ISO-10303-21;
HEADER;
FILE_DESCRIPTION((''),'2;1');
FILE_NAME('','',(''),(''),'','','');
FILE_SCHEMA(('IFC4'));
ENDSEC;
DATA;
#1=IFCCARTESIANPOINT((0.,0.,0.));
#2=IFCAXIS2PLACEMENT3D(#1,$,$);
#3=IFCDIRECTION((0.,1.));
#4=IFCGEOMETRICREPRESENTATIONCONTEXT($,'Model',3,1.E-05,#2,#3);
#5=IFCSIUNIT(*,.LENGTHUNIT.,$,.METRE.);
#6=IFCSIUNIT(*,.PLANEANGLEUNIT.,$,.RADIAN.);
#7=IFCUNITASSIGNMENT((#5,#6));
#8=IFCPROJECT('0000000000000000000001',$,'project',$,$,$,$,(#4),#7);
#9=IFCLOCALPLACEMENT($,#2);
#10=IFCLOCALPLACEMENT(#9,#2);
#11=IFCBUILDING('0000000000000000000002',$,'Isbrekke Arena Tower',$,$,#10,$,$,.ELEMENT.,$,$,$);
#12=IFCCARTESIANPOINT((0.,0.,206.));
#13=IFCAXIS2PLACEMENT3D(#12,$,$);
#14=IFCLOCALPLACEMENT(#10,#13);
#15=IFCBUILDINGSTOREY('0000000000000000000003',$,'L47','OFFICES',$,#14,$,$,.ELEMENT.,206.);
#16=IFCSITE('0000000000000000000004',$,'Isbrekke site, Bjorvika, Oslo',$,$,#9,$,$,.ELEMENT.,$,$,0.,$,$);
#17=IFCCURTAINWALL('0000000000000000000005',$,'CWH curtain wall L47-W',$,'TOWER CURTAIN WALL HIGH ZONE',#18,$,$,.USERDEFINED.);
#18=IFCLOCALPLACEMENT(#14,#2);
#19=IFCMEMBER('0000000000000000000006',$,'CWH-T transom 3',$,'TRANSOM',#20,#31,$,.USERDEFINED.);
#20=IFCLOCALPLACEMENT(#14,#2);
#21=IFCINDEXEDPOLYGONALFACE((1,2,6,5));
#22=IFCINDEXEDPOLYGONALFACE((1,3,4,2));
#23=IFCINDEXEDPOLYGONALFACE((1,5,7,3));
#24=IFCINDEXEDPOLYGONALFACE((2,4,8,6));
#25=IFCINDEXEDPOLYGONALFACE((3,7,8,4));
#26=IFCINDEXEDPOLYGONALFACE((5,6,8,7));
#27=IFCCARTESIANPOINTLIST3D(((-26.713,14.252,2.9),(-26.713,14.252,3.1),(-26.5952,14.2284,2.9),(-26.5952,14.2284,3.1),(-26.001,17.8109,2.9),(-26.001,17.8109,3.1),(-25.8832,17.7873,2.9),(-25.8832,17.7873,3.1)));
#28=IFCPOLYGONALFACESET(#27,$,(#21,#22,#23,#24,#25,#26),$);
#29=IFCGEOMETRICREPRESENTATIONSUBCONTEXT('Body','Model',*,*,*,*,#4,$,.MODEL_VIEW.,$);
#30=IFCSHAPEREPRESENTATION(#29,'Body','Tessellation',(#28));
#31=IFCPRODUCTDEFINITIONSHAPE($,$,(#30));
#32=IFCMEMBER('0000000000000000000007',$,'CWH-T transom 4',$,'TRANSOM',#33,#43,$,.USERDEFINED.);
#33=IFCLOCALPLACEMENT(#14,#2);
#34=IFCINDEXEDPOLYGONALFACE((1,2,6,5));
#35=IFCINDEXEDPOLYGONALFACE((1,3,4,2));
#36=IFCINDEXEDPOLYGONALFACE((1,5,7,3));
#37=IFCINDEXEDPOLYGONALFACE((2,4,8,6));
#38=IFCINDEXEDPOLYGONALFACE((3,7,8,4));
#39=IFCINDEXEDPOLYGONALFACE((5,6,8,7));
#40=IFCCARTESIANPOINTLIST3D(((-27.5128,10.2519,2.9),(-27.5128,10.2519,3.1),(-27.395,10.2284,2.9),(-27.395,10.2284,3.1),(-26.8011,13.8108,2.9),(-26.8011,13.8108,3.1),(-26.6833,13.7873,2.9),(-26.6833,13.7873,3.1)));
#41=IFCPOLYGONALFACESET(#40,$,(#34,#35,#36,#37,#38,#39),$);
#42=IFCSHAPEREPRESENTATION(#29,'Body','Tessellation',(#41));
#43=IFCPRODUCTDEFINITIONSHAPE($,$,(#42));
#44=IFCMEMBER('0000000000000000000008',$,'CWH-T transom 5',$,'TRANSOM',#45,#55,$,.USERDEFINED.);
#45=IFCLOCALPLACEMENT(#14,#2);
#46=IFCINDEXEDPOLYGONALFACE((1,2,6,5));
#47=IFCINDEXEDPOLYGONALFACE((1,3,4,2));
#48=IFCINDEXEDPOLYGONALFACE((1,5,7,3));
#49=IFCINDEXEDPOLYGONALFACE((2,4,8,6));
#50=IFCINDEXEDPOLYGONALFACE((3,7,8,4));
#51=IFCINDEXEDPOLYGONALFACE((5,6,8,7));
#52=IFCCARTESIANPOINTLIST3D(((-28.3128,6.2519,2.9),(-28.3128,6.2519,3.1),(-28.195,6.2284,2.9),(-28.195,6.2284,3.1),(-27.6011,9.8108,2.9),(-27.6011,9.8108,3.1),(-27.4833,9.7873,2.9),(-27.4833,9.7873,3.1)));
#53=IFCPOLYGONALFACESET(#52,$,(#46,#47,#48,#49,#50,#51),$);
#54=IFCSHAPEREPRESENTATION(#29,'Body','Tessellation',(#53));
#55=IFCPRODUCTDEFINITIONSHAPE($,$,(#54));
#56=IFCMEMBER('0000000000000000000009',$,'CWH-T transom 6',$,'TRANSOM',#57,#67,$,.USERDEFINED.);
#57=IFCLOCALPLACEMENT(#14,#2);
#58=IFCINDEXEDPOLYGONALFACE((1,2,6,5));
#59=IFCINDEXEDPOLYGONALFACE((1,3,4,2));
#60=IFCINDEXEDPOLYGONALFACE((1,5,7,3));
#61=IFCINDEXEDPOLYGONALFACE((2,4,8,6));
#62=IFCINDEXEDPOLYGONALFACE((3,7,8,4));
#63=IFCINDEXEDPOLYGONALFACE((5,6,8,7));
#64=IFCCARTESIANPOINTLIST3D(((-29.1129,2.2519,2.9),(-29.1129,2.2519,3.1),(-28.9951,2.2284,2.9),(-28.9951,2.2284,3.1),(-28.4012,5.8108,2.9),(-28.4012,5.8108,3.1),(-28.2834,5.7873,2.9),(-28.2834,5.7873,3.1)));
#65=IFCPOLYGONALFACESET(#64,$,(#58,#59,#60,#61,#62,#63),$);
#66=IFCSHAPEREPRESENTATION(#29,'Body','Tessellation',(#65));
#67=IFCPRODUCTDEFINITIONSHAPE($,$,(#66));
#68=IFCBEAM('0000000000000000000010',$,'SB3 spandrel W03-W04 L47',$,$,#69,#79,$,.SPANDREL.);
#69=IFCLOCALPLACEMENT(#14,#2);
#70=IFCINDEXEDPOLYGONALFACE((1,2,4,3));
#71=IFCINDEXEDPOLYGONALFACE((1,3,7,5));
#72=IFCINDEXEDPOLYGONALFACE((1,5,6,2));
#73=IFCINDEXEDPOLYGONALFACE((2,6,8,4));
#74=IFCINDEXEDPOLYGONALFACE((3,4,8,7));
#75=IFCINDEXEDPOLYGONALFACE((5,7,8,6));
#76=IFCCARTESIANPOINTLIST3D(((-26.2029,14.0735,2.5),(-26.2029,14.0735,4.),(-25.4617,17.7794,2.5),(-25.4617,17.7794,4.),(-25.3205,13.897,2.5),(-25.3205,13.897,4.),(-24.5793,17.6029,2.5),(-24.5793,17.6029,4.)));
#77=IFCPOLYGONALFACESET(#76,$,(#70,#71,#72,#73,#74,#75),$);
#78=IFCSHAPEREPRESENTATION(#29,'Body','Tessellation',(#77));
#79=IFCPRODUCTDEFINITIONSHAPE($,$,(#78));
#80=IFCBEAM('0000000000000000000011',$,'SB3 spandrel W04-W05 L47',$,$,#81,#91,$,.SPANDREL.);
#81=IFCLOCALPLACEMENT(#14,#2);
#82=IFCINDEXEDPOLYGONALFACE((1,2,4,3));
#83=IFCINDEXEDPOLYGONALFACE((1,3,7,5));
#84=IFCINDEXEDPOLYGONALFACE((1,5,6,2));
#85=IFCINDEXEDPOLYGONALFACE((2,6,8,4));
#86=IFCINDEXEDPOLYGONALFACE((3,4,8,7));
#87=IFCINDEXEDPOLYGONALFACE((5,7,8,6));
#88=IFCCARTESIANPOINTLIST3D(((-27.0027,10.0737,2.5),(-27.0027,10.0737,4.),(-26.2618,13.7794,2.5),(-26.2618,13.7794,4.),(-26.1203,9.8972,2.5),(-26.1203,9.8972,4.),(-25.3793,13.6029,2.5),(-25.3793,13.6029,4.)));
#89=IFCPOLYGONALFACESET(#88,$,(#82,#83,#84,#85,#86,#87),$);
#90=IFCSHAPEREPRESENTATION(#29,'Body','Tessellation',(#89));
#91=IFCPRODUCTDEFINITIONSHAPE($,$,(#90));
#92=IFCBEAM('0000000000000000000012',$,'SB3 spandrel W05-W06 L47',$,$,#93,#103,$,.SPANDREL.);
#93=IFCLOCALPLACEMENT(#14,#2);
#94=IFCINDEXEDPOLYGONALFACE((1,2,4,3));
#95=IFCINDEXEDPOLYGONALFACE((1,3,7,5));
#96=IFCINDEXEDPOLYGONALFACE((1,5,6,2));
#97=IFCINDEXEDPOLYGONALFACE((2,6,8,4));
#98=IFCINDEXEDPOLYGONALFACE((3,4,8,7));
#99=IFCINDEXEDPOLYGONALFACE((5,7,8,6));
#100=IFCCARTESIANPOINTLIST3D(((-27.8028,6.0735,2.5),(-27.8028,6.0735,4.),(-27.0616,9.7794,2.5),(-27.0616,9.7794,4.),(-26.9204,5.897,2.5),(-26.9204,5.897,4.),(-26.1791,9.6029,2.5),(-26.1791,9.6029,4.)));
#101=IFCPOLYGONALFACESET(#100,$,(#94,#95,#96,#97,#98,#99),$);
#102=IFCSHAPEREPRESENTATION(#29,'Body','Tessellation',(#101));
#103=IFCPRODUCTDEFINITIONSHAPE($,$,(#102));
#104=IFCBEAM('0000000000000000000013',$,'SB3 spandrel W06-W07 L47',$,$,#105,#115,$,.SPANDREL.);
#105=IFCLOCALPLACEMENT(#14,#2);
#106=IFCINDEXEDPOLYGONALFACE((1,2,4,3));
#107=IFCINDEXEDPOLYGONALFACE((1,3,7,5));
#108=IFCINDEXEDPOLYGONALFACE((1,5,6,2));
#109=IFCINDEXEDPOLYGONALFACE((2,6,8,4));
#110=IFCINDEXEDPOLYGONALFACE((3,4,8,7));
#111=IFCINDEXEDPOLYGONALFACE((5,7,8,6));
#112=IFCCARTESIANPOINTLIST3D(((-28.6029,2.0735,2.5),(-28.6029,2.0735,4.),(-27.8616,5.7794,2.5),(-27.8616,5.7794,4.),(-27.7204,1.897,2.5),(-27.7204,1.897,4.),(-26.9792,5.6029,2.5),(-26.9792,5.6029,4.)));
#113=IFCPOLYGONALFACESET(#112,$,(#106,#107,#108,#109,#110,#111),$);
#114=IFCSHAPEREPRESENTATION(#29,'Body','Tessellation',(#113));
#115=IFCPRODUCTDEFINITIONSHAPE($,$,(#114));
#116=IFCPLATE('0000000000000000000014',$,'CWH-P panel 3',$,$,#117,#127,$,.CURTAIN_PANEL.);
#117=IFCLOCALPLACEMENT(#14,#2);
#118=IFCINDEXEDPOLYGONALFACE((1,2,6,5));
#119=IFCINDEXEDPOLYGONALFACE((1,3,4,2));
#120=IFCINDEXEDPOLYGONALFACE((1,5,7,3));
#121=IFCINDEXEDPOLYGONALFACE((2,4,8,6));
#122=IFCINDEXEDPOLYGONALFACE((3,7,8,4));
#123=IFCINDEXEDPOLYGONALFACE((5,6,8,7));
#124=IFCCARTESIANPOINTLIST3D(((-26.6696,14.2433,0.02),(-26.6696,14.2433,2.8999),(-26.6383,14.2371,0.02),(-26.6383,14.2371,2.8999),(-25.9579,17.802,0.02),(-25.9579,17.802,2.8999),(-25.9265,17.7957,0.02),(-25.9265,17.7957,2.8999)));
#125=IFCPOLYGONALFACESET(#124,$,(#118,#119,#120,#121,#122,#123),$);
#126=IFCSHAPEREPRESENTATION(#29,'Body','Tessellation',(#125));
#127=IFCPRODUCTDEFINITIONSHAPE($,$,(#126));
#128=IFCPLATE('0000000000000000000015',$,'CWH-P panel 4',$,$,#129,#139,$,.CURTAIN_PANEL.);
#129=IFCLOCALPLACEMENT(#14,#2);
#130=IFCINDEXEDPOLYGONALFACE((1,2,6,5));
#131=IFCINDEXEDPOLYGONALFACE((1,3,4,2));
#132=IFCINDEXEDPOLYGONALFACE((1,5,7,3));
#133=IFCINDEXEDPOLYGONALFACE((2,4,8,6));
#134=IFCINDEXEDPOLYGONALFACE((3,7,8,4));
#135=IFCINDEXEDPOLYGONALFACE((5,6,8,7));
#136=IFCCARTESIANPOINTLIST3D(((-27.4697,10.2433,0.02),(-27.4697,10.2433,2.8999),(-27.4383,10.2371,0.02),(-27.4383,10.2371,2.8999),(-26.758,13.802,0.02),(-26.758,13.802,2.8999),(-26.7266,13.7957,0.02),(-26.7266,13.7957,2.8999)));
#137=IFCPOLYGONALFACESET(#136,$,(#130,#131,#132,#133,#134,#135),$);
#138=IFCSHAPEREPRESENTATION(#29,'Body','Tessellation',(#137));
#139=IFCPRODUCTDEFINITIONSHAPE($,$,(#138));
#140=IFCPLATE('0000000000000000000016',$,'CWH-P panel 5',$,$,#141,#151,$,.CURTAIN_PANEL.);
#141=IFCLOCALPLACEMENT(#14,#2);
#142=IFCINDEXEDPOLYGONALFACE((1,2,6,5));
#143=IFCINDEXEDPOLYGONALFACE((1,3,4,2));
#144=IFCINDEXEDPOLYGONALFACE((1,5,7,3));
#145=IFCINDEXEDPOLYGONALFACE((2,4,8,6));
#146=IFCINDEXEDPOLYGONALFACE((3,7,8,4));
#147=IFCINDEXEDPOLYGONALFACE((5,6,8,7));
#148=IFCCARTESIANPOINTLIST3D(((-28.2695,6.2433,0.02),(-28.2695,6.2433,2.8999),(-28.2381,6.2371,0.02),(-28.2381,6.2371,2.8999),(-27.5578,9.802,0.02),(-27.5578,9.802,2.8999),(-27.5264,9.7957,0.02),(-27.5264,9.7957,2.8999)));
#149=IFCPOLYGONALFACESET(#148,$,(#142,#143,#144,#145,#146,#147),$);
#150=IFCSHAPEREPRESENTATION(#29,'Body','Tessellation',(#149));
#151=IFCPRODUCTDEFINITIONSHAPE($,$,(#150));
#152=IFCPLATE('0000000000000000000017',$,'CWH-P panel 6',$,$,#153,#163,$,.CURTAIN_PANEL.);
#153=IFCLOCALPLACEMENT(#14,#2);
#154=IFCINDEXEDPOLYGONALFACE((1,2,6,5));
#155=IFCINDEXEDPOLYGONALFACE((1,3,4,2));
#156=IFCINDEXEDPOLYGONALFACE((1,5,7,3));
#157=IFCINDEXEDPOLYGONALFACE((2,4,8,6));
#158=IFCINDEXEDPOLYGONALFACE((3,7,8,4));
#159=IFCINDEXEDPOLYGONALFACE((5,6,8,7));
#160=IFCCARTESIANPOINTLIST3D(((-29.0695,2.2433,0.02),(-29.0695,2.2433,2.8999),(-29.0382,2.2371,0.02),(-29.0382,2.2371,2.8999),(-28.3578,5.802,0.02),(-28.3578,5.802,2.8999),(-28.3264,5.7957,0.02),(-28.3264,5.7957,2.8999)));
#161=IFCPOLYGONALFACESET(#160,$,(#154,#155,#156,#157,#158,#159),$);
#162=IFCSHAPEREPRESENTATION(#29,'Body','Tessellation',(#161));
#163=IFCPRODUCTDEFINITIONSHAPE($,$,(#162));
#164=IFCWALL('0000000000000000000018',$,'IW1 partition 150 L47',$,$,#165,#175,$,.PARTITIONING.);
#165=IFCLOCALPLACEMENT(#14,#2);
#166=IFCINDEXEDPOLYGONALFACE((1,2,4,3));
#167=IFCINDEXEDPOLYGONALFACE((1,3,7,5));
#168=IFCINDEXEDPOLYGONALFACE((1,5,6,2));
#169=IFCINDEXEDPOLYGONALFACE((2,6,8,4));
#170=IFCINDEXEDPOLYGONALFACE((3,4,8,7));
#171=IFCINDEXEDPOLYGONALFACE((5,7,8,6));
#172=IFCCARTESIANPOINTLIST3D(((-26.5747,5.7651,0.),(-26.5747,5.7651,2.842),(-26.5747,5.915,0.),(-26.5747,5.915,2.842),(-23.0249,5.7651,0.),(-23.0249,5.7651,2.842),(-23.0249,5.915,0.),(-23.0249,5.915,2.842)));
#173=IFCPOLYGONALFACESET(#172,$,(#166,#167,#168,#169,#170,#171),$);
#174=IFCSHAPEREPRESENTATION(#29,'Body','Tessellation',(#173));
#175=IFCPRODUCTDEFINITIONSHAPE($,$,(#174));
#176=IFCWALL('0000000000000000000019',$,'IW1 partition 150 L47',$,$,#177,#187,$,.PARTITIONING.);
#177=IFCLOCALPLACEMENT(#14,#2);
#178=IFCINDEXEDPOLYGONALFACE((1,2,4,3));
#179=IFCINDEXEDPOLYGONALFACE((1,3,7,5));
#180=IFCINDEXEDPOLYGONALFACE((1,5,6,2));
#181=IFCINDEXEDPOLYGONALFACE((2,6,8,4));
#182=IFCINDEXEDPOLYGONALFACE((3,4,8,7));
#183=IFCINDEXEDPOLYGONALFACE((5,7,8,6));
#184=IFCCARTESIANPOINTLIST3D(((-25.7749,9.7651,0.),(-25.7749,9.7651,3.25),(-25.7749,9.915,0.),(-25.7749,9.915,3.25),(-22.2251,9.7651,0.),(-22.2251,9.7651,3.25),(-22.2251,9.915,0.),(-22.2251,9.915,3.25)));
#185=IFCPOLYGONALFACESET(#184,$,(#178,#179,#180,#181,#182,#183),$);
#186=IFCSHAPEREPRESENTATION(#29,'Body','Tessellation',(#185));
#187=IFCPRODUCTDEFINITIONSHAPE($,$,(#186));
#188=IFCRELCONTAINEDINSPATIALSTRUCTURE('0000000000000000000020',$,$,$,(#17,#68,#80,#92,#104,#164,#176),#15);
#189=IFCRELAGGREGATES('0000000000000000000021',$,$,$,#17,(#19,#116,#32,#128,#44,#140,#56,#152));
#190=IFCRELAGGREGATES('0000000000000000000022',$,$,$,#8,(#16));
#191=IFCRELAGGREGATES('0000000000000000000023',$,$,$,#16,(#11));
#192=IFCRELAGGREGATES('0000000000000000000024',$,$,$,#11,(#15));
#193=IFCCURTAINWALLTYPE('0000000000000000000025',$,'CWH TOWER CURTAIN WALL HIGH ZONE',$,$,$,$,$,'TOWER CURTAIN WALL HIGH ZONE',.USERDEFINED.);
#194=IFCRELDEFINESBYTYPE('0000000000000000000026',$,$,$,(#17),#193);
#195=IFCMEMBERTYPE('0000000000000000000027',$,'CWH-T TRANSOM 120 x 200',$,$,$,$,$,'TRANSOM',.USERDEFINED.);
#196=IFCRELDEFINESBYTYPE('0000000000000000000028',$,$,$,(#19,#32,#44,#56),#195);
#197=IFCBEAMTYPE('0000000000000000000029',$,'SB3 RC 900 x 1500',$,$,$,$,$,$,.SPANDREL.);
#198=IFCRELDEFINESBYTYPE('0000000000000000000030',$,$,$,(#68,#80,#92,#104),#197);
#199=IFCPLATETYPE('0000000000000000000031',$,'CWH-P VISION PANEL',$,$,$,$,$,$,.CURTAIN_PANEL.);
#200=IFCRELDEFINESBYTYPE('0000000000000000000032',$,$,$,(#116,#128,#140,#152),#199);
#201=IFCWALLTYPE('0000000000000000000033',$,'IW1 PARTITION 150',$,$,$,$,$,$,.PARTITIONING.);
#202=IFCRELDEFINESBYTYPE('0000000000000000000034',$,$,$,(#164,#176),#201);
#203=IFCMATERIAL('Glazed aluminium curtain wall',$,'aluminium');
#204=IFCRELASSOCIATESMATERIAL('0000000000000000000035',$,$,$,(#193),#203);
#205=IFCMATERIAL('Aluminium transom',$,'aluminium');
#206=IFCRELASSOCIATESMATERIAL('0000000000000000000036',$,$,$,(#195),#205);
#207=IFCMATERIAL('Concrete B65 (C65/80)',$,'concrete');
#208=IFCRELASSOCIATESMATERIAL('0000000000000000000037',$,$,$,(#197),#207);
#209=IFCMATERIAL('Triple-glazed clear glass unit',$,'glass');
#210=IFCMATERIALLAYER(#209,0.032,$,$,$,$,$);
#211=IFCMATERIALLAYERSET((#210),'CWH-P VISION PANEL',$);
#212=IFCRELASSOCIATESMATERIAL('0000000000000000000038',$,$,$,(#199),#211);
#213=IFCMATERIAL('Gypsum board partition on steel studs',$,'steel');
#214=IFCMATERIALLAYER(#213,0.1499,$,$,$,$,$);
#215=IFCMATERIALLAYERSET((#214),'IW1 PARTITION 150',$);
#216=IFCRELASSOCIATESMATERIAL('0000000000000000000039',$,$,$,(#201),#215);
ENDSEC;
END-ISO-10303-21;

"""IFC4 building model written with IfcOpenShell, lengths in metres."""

from ifc_helpers import new_model, si_unit, direction, frame, frame_2d, origin, origin_2d, place, context, subcontext, project, spatial, rectangle, extrude, material, layer, layer_set, material_profile, profile_set, type_object, element, aggregate, save


model = new_model("IFC4")

# Units and contexts
model_context = context("Model", 3, precision=1e-05, world=origin(), true_north=direction((0.0, 1.0)))
body_context = subcontext(model_context, "Body", "Model", "MODEL_VIEW")
ifc_project = project(units=[si_unit("LENGTHUNIT", "METRE"), si_unit("PLANEANGLEUNIT", "RADIAN")], contexts=[model_context])

# Site, building, storey
site_placement = place(None, origin())
site = spatial("IfcSite", under=ifc_project, at=site_placement, Name="Isbrekke site, Bjorvika, Oslo", CompositionType="ELEMENT", RefElevation=0.0)
building_placement = place(site_placement, origin())
building = spatial("IfcBuilding", under=site, at=building_placement, Name="Isbrekke Arena Tower", CompositionType="ELEMENT")
storey_placement = place(building_placement, frame((0.0, 0.0, 206.0)))
storey = spatial("IfcBuildingStorey", under=building, at=storey_placement, Name="L47", Description="OFFICES", CompositionType="ELEMENT", Elevation=206.0)

# Curtain wall, members
ifc_material_1 = material(Name="Glazed aluminium curtain wall", Category="aluminium")
curtain_wall_type = type_object("IfcCurtainWallType", Name="CWH TOWER CURTAIN WALL HIGH ZONE", ElementType="TOWER CURTAIN WALL HIGH ZONE", PredefinedType="USERDEFINED", material=ifc_material_1)
curtain_wall_placement = place(storey_placement, origin())
curtain_wall = element("IfcCurtainWall", 1, at=curtain_wall_placement, inside=storey, type_object=curtain_wall_type, Name="CWH curtain wall L47-W", ObjectType="TOWER CURTAIN WALL HIGH ZONE", PredefinedType="USERDEFINED")
ifc_material_2 = material(Name="Aluminium transom", Category="aluminium")
ifc_material_profile_1 = material_profile(ifc_material_2, rectangle(XDim=0.1201, YDim=0.2, at=origin_2d()), Name="TRANSOM 120X200")
ifc_profile_set_1 = profile_set([ifc_material_profile_1], Name="Aluminium transom")
member_type_1 = type_object("IfcMemberType", Name="CWH-T TRANSOM 120 x 200", ElementType="TRANSOM", PredefinedType="USERDEFINED", material=ifc_profile_set_1)
member_1_placement = place(storey_placement, frame((-25.9421, 17.7991, 3.0), z_axis=(-0.196155, -0.980573, 0.0), x_axis=(0.980573, -0.196155, 0.0)))
member_1 = element("IfcMember", 2, at=member_1_placement, type_object=member_type_1, Name="CWH-T transom 3", ObjectType="TRANSOM", PredefinedType="USERDEFINED", context=body_context, shape_type="SweptSolid", body=[
    extrude(rectangle(XDim=0.1201, YDim=0.2, at=origin_2d()), origin(), (0.0, 0.0, 1.0), 3.6294),
])
member_2_placement = place(storey_placement, frame((-26.7422, 13.7991, 3.0), z_axis=(-0.19609, -0.980586, 0.0), x_axis=(0.980586, -0.19609, 0.0)))
member_2 = element("IfcMember", 3, at=member_2_placement, type_object=member_type_1, Name="CWH-T transom 4", ObjectType="TRANSOM", PredefinedType="USERDEFINED", context=body_context, shape_type="SweptSolid", body=[
    extrude(rectangle(XDim=0.1201, YDim=0.2, at=origin_2d()), origin(), (0.0, 0.0, 1.0), 3.6294),
])
member_3_placement = place(storey_placement, frame((-27.5422, 9.7991, 3.0), z_axis=(-0.19609, -0.980586, 0.0), x_axis=(0.980586, -0.19609, 0.0)))
member_3 = element("IfcMember", 4, at=member_3_placement, type_object=member_type_1, Name="CWH-T transom 5", ObjectType="TRANSOM", PredefinedType="USERDEFINED", context=body_context, shape_type="SweptSolid", body=[
    extrude(rectangle(XDim=0.1201, YDim=0.2, at=origin_2d()), origin(), (0.0, 0.0, 1.0), 3.6294),
])
member_4_placement = place(storey_placement, frame((-28.3423, 5.7991, 3.0), z_axis=(-0.19609, -0.980586, 0.0), x_axis=(0.980586, -0.19609, 0.0)))
member_4 = element("IfcMember", 5, at=member_4_placement, type_object=member_type_1, Name="CWH-T transom 6", ObjectType="TRANSOM", PredefinedType="USERDEFINED", context=body_context, shape_type="SweptSolid", body=[
    extrude(rectangle(XDim=0.1201, YDim=0.2, at=origin_2d()), origin(), (0.0, 0.0, 1.0), 3.6294),
])

# Beams
ifc_material_3 = material(Name="Concrete B65 (C65/80)", Category="concrete")
ifc_material_profile_2 = material_profile(ifc_material_3, rectangle(XDim=0.8999, YDim=1.5, at=origin_2d()), Name="RC 900x1500")
ifc_profile_set_2 = profile_set([ifc_material_profile_2], Name="Concrete B65 (C65/80)")
beam_type_1 = type_object("IfcBeamType", Name="SB3 RC 900 x 1500", PredefinedType="SPANDREL", material=ifc_profile_set_2)
beam_1_placement = place(storey_placement, frame((-25.0205, 17.6912, 3.25), z_axis=(-0.196129, -0.980578, 0.0), x_axis=(0.980578, -0.196129, 0.0)))
element("IfcBeam", 6, at=beam_1_placement, inside=storey, type_object=beam_type_1, Name="SB3 spandrel W03-W04 L47", PredefinedType="SPANDREL", context=body_context, shape_type="SweptSolid", body=[
    extrude(rectangle(XDim=0.8999, YDim=1.5, at=origin_2d()), origin(), (0.0, 0.0, 1.0), 3.7793),
])
beam_2_placement = place(storey_placement, frame((-25.8206, 13.6912, 3.25), z_axis=(-0.196066, -0.980591, 0.0), x_axis=(0.980591, -0.196066, 0.0)))
element("IfcBeam", 7, at=beam_2_placement, inside=storey, type_object=beam_type_1, Name="SB3 spandrel W04-W05 L47", PredefinedType="SPANDREL", context=body_context, shape_type="SweptSolid", body=[
    extrude(rectangle(XDim=0.8999, YDim=1.5, at=origin_2d()), origin(), (0.0, 0.0, 1.0), 3.7791),
])
for number, where, z_axis, x_axis, name in (
    (8, (-26.6204, 9.6912, 3.25), (-0.196129, -0.980578, 0.0), (0.980578, -0.196129, 0.0), "SB3 spandrel W05-W06 L47"),
    (9, (-27.4204, 5.6912, 3.25), (-0.196129, -0.980578, 0.0), (0.980578, -0.196129, 0.0), "SB3 spandrel W06-W07 L47"),
):
    element("IfcBeam", number, at=place(storey_placement, frame(where, z_axis=z_axis, x_axis=x_axis)), inside=storey, type_object=beam_type_1, Name=name, PredefinedType="SPANDREL", context=body_context, shape_type="SweptSolid", body=[
        extrude(rectangle(XDim=0.8999, YDim=1.5, at=origin_2d()), origin(), (0.0, 0.0, 1.0), 3.7793),
    ])

# Plates
ifc_material_4 = material(Name="Triple-glazed clear glass unit", Category="glass")
ifc_layer_1 = layer(ifc_material_4, 0.032)
ifc_layer_set_1 = layer_set([ifc_layer_1], Name="CWH-P VISION PANEL")
plate_type = type_object("IfcPlateType", Name="CWH-P VISION PANEL", PredefinedType="CURTAIN_PANEL", material=ifc_layer_set_1)
plate_1_placement = place(storey_placement, frame((-26.2981, 16.0195, 0.02), z_axis=(0.0, 0.0, 1.0), x_axis=(-0.196116, -0.980581, 0.0)))
plate_1 = element("IfcPlate", 10, at=plate_1_placement, type_object=plate_type, Name="CWH-P panel 3", PredefinedType="CURTAIN_PANEL", context=body_context, shape_type="SweptSolid", body=[
    extrude(rectangle(XDim=3.6292, YDim=0.032, at=origin_2d()), origin(), (0.0, 0.0, 1.0), 2.8799),
])
plate_2_placement = place(storey_placement, frame((-27.0981, 12.0195, 0.02), z_axis=(0.0, 0.0, 1.0), x_axis=(-0.196116, -0.980581, 0.0)))
plate_2 = element("IfcPlate", 11, at=plate_2_placement, type_object=plate_type, Name="CWH-P panel 4", PredefinedType="CURTAIN_PANEL", context=body_context, shape_type="SweptSolid", body=[
    extrude(rectangle(XDim=3.6292, YDim=0.032, at=origin_2d()), origin(), (0.0, 0.0, 1.0), 2.8799),
])
plate_3_placement = place(storey_placement, frame((-27.8979, 8.0195, 0.02), z_axis=(0.0, 0.0, 1.0), x_axis=(-0.196116, -0.980581, 0.0)))
plate_3 = element("IfcPlate", 12, at=plate_3_placement, type_object=plate_type, Name="CWH-P panel 5", PredefinedType="CURTAIN_PANEL", context=body_context, shape_type="SweptSolid", body=[
    extrude(rectangle(XDim=3.6292, YDim=0.032, at=origin_2d()), origin(), (0.0, 0.0, 1.0), 2.8799),
])
plate_4_placement = place(storey_placement, frame((-28.698, 4.0195, 0.02), z_axis=(0.0, 0.0, 1.0), x_axis=(-0.196116, -0.980581, 0.0)))
plate_4 = element("IfcPlate", 13, at=plate_4_placement, type_object=plate_type, Name="CWH-P panel 6", PredefinedType="CURTAIN_PANEL", context=body_context, shape_type="SweptSolid", body=[
    extrude(rectangle(XDim=3.6292, YDim=0.032, at=origin_2d()), origin(), (0.0, 0.0, 1.0), 2.8799),
])
aggregate(curtain_wall, [member_1, plate_1, member_2, plate_2, member_3, plate_3, member_4, plate_4])

# Walls
ifc_material_5 = material(Name="Gypsum board partition on steel studs", Category="steel")
ifc_layer_2 = layer(ifc_material_5, 0.1499)
ifc_layer_set_2 = layer_set([ifc_layer_2], Name="IW1 PARTITION 150")
wall_type_1 = type_object("IfcWallType", Name="IW1 PARTITION 150", PredefinedType="PARTITIONING", material=ifc_layer_set_2)
wall_1_placement = place(storey_placement, frame((-26.5747, 5.8401, 0.0), z_axis=(0.0, 0.0, 1.0), x_axis=(1.0, 0.0, 0.0)))
element("IfcWall", 14, at=wall_1_placement, inside=storey, type_object=wall_type_1, Name="IW1 partition 150 L47", PredefinedType="PARTITIONING", context=body_context, shape_type="SweptSolid", body=[
    extrude(rectangle(XDim=3.5498, YDim=0.1499, at=frame_2d((1.7749, 0.0))), origin(), (0.0, 0.0, 1.0), 2.842),
])
for number, where, z_axis, x_axis, name in (
    (15, (-25.7749, 9.8401, 0.0), (0.0, 0.0, 1.0), (1.0, 0.0, 0.0), "IW1 partition 150 L47"),
):
    element("IfcWall", number, at=place(storey_placement, frame(where, z_axis=z_axis, x_axis=x_axis)), inside=storey, type_object=wall_type_1, Name=name, PredefinedType="PARTITIONING", context=body_context, shape_type="SweptSolid", body=[
        extrude(rectangle(XDim=3.5498, YDim=0.1499, at=frame_2d((1.7749, 0.0))), origin(), (0.0, 0.0, 1.0), 3.25),
    ])

save(model, "model.ifc")
